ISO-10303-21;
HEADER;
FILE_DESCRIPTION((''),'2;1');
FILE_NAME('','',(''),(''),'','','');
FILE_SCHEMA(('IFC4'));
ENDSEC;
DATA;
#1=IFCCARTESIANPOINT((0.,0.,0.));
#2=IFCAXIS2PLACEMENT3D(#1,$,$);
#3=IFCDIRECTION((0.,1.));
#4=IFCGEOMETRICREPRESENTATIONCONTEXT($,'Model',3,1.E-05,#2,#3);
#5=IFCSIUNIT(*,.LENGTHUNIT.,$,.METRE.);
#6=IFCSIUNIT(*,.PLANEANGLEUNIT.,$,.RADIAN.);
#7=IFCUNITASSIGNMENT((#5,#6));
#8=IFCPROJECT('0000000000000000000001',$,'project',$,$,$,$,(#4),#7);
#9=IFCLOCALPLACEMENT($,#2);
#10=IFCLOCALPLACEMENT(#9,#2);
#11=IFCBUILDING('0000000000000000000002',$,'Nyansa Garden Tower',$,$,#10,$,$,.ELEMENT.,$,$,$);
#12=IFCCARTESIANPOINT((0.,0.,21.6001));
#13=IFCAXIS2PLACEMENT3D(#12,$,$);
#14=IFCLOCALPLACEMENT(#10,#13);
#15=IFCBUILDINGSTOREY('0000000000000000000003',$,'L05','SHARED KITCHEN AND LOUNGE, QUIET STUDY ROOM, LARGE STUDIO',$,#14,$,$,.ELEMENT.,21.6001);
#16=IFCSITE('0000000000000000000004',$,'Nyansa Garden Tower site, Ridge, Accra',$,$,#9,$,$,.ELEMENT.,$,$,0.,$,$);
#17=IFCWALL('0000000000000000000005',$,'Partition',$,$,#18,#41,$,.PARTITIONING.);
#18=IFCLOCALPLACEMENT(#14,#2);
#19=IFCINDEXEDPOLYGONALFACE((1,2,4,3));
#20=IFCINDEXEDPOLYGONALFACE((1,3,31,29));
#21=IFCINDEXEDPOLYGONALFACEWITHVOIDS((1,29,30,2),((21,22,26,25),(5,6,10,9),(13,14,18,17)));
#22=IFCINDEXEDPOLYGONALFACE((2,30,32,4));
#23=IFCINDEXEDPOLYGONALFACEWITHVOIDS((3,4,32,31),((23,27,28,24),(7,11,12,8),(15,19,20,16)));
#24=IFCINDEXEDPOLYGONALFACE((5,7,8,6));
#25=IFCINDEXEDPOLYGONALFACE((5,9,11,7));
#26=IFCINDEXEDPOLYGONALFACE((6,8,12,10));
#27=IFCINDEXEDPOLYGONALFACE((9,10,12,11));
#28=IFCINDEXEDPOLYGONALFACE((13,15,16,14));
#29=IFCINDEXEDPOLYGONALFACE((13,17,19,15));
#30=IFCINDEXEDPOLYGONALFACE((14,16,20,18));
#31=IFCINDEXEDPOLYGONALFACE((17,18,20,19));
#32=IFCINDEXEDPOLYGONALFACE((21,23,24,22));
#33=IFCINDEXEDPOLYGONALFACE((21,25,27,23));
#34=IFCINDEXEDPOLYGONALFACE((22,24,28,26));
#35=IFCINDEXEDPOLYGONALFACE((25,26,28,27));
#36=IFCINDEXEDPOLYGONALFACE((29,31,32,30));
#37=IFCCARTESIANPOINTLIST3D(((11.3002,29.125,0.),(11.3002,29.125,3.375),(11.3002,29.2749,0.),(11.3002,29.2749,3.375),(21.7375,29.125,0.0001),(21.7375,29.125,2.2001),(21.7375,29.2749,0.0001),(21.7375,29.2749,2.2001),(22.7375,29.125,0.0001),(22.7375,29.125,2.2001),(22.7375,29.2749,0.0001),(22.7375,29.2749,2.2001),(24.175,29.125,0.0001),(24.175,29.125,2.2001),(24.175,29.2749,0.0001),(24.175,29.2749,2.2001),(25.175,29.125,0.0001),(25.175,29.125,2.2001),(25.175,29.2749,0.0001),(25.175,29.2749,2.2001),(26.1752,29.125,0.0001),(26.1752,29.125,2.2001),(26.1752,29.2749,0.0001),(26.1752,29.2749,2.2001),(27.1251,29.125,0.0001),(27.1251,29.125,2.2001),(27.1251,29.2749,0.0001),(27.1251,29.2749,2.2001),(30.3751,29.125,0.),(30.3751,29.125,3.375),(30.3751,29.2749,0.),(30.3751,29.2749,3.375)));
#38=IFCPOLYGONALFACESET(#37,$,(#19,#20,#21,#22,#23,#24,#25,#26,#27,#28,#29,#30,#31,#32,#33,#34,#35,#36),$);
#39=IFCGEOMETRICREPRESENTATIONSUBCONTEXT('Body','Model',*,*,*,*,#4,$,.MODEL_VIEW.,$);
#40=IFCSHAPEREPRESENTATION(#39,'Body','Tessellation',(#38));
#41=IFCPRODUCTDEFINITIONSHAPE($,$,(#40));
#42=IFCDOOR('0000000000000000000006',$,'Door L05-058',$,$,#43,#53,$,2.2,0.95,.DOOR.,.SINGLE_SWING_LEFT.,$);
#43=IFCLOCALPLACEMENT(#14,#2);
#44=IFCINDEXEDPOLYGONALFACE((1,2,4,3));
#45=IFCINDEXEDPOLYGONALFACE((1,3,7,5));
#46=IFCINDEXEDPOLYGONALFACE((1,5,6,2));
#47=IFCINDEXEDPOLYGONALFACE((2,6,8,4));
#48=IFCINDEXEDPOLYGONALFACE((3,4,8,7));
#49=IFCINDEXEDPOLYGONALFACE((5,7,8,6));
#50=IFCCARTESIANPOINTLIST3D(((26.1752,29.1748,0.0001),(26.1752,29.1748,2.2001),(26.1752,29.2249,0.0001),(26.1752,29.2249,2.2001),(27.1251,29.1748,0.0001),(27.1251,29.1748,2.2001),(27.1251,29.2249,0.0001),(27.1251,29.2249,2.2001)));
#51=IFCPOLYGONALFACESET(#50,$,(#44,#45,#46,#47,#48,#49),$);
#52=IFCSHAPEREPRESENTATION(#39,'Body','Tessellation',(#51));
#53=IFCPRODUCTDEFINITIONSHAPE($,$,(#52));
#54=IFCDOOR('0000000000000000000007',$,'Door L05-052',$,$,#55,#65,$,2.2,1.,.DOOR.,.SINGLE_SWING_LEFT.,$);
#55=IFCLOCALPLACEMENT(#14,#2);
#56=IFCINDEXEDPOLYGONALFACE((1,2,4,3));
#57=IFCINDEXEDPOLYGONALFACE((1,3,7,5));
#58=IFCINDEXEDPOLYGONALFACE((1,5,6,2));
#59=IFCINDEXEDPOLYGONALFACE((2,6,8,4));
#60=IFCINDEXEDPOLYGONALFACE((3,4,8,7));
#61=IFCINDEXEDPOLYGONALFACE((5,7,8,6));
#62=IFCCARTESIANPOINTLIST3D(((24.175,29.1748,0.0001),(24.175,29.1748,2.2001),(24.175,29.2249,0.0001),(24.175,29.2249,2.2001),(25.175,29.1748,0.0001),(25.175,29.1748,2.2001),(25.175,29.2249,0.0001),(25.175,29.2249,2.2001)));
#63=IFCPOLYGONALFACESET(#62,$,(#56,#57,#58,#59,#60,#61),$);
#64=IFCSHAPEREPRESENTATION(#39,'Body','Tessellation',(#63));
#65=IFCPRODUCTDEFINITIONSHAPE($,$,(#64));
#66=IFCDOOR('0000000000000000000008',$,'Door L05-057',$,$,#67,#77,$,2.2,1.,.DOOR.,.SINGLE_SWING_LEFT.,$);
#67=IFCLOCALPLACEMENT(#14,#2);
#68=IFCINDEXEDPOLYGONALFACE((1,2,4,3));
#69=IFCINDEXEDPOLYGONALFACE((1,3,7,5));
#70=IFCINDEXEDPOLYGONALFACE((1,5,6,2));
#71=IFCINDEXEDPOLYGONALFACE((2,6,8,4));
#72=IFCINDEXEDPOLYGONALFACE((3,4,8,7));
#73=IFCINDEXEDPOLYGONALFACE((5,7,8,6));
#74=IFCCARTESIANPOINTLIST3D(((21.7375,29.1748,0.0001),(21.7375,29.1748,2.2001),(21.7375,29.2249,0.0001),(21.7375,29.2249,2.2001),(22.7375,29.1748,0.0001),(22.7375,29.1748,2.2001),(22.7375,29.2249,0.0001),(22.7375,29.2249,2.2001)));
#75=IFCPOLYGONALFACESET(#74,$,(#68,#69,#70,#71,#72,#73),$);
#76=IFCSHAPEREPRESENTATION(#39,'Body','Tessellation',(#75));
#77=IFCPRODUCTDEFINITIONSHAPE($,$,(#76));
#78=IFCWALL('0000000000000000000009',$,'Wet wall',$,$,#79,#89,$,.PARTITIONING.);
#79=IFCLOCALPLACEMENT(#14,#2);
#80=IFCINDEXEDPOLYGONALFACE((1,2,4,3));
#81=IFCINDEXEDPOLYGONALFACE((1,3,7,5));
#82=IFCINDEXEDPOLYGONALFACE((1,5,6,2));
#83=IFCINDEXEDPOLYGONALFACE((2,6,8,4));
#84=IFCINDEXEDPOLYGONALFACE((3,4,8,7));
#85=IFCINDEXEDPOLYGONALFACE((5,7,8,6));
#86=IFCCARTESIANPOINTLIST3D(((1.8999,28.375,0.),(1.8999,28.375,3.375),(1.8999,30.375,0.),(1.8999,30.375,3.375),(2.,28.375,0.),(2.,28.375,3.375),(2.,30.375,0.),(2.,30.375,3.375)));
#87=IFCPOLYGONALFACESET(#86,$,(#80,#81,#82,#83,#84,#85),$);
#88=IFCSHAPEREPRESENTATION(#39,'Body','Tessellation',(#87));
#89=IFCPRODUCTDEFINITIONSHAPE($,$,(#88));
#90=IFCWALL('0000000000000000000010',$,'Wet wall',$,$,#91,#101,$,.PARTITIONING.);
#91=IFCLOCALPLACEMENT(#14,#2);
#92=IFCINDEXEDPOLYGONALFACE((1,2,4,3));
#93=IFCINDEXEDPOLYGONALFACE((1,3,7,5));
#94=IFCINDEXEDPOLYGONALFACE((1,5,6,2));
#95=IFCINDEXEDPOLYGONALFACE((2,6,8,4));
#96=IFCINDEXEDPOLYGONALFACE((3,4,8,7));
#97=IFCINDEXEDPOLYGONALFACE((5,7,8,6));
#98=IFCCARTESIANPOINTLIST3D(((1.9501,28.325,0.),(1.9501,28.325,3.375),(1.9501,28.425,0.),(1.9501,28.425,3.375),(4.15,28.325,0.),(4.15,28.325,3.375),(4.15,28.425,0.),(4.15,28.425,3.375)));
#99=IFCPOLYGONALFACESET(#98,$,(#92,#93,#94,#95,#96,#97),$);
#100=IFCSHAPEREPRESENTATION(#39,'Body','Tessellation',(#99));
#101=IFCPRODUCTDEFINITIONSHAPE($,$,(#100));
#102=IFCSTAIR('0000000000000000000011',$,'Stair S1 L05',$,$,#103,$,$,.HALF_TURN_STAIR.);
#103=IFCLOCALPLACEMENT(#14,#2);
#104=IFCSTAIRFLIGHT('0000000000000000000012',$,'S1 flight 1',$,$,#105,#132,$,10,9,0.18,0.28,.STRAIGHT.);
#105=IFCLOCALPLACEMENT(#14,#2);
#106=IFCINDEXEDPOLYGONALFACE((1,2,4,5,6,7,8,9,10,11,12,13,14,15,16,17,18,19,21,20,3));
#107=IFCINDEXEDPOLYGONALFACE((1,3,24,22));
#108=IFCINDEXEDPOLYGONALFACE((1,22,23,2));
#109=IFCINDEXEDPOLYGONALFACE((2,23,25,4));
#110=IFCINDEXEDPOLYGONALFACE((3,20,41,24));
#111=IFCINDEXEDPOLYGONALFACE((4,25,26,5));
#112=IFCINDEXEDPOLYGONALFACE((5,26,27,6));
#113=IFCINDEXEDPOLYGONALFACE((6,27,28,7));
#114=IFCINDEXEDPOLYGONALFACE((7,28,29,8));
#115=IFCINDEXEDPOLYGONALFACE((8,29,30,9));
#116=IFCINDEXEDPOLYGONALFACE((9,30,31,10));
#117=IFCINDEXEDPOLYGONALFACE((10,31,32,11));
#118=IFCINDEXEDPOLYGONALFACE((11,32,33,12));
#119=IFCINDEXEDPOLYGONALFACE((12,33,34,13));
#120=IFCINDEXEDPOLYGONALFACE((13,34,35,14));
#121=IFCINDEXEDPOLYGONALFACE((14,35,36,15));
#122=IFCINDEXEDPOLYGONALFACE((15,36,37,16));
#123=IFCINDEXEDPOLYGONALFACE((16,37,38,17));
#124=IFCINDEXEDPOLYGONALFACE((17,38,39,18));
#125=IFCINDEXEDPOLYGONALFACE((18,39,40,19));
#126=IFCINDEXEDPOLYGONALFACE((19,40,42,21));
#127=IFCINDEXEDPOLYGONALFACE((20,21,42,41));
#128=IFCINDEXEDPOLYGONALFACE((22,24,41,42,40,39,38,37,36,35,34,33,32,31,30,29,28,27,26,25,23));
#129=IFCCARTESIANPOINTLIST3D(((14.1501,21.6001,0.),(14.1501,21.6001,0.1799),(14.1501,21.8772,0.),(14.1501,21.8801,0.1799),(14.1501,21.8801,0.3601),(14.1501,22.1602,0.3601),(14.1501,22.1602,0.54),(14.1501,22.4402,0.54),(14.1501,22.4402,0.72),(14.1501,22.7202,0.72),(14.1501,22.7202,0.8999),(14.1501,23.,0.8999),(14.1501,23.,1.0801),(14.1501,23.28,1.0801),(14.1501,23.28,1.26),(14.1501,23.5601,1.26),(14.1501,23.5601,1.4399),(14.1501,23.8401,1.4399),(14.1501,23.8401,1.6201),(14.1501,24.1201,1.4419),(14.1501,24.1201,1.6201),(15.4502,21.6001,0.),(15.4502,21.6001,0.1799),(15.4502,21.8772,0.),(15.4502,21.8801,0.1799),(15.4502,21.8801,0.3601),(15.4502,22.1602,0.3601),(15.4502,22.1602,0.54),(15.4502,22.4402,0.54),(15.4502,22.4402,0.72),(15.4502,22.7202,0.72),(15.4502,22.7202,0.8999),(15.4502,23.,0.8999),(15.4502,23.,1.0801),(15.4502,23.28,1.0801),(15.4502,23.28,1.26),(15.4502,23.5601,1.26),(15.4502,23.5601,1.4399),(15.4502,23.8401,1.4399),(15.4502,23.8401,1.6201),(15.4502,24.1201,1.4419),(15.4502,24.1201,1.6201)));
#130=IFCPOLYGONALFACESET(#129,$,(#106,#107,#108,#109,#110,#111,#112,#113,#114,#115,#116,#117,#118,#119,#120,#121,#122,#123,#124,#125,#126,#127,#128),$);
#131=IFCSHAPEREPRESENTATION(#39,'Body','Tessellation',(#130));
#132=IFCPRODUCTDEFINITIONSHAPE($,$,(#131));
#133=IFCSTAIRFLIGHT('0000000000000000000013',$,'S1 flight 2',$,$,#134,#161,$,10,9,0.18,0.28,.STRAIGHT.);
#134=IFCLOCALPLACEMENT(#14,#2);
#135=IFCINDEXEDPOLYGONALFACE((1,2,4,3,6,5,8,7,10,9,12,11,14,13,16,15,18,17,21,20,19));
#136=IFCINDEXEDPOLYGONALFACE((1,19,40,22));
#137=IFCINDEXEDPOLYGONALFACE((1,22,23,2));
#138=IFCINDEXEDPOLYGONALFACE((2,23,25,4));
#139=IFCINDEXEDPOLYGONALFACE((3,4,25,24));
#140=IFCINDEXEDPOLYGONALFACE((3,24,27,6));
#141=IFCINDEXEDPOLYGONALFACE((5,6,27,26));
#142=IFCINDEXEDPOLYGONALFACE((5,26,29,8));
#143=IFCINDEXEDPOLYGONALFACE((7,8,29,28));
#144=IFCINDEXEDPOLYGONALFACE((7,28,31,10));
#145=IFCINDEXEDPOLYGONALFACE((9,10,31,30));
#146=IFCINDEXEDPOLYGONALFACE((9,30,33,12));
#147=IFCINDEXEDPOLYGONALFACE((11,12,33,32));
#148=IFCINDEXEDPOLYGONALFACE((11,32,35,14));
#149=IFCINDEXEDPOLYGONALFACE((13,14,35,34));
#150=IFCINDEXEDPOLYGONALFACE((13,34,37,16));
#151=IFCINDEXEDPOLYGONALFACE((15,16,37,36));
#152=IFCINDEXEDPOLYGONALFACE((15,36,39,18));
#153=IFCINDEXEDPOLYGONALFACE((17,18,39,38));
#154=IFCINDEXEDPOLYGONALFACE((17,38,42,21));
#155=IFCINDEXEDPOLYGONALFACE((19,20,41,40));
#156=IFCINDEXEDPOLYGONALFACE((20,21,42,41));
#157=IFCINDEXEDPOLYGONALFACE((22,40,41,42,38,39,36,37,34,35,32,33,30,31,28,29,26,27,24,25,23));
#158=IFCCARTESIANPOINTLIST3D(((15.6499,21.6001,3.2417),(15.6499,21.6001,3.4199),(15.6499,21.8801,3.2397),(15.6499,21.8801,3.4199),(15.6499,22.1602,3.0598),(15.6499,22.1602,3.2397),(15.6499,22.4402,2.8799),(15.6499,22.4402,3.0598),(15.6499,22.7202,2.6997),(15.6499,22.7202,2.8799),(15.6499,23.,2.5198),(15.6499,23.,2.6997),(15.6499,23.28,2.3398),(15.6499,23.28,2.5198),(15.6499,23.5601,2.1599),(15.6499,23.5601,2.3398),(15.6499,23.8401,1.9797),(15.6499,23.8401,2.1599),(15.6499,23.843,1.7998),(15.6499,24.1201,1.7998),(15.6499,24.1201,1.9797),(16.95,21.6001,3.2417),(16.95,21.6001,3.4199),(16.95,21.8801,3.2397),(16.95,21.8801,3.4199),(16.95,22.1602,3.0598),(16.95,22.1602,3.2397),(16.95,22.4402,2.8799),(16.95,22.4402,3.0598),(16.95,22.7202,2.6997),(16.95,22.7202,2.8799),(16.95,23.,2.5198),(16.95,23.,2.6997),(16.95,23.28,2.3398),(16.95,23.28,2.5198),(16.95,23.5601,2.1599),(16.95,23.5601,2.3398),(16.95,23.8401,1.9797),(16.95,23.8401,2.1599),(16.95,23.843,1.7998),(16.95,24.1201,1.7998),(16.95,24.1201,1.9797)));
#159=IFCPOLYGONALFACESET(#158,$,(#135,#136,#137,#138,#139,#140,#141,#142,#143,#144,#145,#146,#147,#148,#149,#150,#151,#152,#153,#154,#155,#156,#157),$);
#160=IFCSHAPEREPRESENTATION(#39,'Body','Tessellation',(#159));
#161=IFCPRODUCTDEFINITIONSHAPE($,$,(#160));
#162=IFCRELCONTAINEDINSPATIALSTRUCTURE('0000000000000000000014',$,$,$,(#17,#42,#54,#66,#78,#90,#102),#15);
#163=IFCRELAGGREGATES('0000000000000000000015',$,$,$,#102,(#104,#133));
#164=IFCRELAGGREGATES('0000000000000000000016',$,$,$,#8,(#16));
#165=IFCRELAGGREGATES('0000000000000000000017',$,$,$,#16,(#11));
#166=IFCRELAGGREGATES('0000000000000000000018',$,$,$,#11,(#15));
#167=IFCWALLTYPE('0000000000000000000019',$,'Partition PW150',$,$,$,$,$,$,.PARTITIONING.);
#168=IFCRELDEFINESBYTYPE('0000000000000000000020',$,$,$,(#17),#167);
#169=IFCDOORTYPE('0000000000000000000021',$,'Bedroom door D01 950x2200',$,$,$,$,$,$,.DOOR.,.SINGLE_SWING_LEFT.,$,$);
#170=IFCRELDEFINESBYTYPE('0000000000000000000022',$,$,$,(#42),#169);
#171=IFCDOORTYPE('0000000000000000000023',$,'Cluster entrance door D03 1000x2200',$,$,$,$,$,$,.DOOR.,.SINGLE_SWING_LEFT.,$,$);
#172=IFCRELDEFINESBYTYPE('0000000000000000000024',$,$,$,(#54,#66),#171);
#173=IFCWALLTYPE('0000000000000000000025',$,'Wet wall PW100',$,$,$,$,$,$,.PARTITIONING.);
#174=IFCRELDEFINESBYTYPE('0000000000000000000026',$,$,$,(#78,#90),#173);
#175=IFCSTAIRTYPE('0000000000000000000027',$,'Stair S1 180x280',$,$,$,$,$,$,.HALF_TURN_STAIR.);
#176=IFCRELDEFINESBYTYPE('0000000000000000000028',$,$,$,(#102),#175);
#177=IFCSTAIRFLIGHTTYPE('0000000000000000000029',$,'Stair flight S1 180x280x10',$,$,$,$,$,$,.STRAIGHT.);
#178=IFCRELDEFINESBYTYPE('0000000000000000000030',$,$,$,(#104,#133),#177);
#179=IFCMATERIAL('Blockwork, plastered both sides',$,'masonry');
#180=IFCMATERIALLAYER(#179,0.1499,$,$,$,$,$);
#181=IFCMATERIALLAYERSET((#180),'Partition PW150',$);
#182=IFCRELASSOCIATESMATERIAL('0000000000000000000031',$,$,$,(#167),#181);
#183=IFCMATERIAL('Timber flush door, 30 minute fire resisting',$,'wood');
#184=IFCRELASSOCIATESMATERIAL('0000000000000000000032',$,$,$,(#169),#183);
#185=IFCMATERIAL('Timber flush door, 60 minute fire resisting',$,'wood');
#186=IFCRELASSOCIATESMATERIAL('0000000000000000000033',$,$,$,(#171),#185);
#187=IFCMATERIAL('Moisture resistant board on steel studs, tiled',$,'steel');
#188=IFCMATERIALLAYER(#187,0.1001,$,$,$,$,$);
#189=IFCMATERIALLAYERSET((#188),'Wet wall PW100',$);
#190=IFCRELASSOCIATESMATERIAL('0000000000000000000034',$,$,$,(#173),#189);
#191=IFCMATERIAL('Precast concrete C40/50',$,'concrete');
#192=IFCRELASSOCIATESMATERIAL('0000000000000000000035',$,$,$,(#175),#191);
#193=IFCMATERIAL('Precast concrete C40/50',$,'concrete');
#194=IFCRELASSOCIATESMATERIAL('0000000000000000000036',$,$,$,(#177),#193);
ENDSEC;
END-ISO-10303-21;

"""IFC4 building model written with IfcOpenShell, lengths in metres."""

from ifc_helpers import new_model, si_unit, direction, frame, frame_2d, origin, place, context, subcontext, project, spatial, polyline, rectangle, outline, extrude, material, layer, layer_set, type_object, element, fill, aggregate, save


model = new_model("IFC4")

# Units and contexts
model_context = context("Model", 3, precision=1e-05, world=origin(), true_north=direction((0.0, 1.0)))
body_context = subcontext(model_context, "Body", "Model", "MODEL_VIEW")
ifc_project = project(units=[si_unit("LENGTHUNIT", "METRE"), si_unit("PLANEANGLEUNIT", "RADIAN")], contexts=[model_context])

# Site, building, storey
site_placement = place(None, origin())
site = spatial("IfcSite", under=ifc_project, at=site_placement, Name="Nyansa Garden Tower site, Ridge, Accra", CompositionType="ELEMENT", RefElevation=0.0)
building_placement = place(site_placement, origin())
building = spatial("IfcBuilding", under=site, at=building_placement, Name="Nyansa Garden Tower", CompositionType="ELEMENT")
storey_placement = place(building_placement, frame((0.0, 0.0, 21.6001)))
storey = spatial("IfcBuildingStorey", under=building, at=storey_placement, Name="L05", Description="SHARED KITCHEN AND LOUNGE, QUIET STUDY ROOM, LARGE STUDIO", CompositionType="ELEMENT", Elevation=21.6001)

# Shared definitions
ifc_material_1 = material(Name="Blockwork, plastered both sides", Category="masonry")
ifc_layer_1 = layer(ifc_material_1, 0.1499)
ifc_layer_set_1 = layer_set([ifc_layer_1], Name="Partition PW150")
wall_type_1 = type_object("IfcWallType", Name="Partition PW150", PredefinedType="PARTITIONING", material=ifc_layer_set_1)

# Wall, openings, doors
wall_1_placement = place(storey_placement, frame((11.3, 29.2, 0.0), z_axis=(0.0, 0.0, 1.0), x_axis=(1.0, 0.0, 0.0)))
wall_1 = element("IfcWall", 1, at=wall_1_placement, inside=storey, type_object=wall_type_1, Name="Partition", PredefinedType="PARTITIONING", context=body_context, shape_type="SweptSolid", body=[
    extrude(rectangle(XDim=19.075, YDim=0.1499, at=frame_2d((9.5376, 0.0))), origin(), (0.0, 0.0, 1.0), 3.375),
])
opening_1_placement = place(wall_1_placement, frame((12.875, 0.0, 0.0)))
opening_1 = element("IfcOpeningElement", 2, at=opening_1_placement, cuts=wall_1, PredefinedType="OPENING", context=body_context, shape_type="SweptSolid", body=[
    extrude(rectangle(XDim=1.0, YDim=2.2, at=frame_2d((0.5, 1.1001))), frame((0.0, 0.085, 0.0), z_axis=(0.0, -1.0, 0.0), x_axis=(1.0, 0.0, 0.0)), (0.0, 0.0, 1.0), 0.1699),
])
opening_2_placement = place(wall_1_placement, frame((10.4375, 0.0, 0.0)))
opening_2 = element("IfcOpeningElement", 3, at=opening_2_placement, cuts=wall_1, PredefinedType="OPENING", context=body_context, shape_type="SweptSolid", body=[
    extrude(rectangle(XDim=1.0, YDim=2.2, at=frame_2d((0.5, 1.1001))), frame((0.0, 0.085, 0.0), z_axis=(0.0, -1.0, 0.0), x_axis=(1.0, 0.0, 0.0)), (0.0, 0.0, 1.0), 0.1699),
])
opening_3_placement = place(wall_1_placement, frame((14.875, 0.0, 0.0)))
opening_3 = element("IfcOpeningElement", 4, at=opening_3_placement, cuts=wall_1, PredefinedType="OPENING", context=body_context, shape_type="SweptSolid", body=[
    extrude(rectangle(XDim=0.95, YDim=2.2, at=frame_2d((0.4751, 1.1001))), frame((0.0, 0.085, 0.0), z_axis=(0.0, -1.0, 0.0), x_axis=(1.0, 0.0, 0.0)), (0.0, 0.0, 1.0), 0.1699),
])
ifc_material_2 = material(Name="Timber flush door, 30 minute fire resisting", Category="wood")
door_type_1 = type_object("IfcDoorType", Name="Bedroom door D01 950x2200", OperationType="SINGLE_SWING_LEFT", PredefinedType="DOOR", material=ifc_material_2)
door_1_placement = place(opening_3_placement, origin())
door_1 = element("IfcDoor", 5, at=door_1_placement, inside=storey, type_object=door_type_1, Name="Door L05-058", OperationType="SINGLE_SWING_LEFT", OverallHeight=2.2, OverallWidth=0.95, PredefinedType="DOOR", context=body_context, shape_type="SweptSolid", body=[
    extrude(rectangle(XDim=0.95, YDim=2.2, at=frame_2d((0.4751, 1.1001))), frame((0.0, 0.0249, 0.0), z_axis=(0.0, -1.0, 0.0), x_axis=(1.0, 0.0, 0.0)), (0.0, 0.0, 1.0), 0.05),
])
fill(opening_3, door_1)
ifc_material_3 = material(Name="Timber flush door, 60 minute fire resisting", Category="wood")
door_type_2 = type_object("IfcDoorType", Name="Cluster entrance door D03 1000x2200", OperationType="SINGLE_SWING_LEFT", PredefinedType="DOOR", material=ifc_material_3)
door_2_placement = place(opening_1_placement, origin())
door_2 = element("IfcDoor", 6, at=door_2_placement, inside=storey, type_object=door_type_2, Name="Door L05-052", OperationType="SINGLE_SWING_LEFT", OverallHeight=2.2, OverallWidth=1.0, PredefinedType="DOOR", context=body_context, shape_type="SweptSolid", body=[
    extrude(rectangle(XDim=1.0, YDim=2.2, at=frame_2d((0.5, 1.1001))), frame((0.0, 0.0249, 0.0), z_axis=(0.0, -1.0, 0.0), x_axis=(1.0, 0.0, 0.0)), (0.0, 0.0, 1.0), 0.05),
])
fill(opening_1, door_2)
door_3_placement = place(opening_2_placement, origin())
door_3 = element("IfcDoor", 7, at=door_3_placement, inside=storey, type_object=door_type_2, Name="Door L05-057", OperationType="SINGLE_SWING_LEFT", OverallHeight=2.2, OverallWidth=1.0, PredefinedType="DOOR", context=body_context, shape_type="SweptSolid", body=[
    extrude(rectangle(XDim=1.0, YDim=2.2, at=frame_2d((0.5, 1.1001))), frame((0.0, 0.0249, 0.0), z_axis=(0.0, -1.0, 0.0), x_axis=(1.0, 0.0, 0.0)), (0.0, 0.0, 1.0), 0.05),
])
fill(opening_2, door_3)

# Walls
ifc_material_4 = material(Name="Moisture resistant board on steel studs, tiled", Category="steel")
ifc_layer_2 = layer(ifc_material_4, 0.1001)
ifc_layer_set_2 = layer_set([ifc_layer_2], Name="Wet wall PW100")
wall_type_2 = type_object("IfcWallType", Name="Wet wall PW100", PredefinedType="PARTITIONING", material=ifc_layer_set_2)
wall_2_placement = place(storey_placement, frame((1.95, 28.375, 0.0), z_axis=(0.0, 0.0, 1.0), x_axis=(0.0, 1.0, 0.0)))
element("IfcWall", 8, at=wall_2_placement, inside=storey, type_object=wall_type_2, Name="Wet wall", PredefinedType="PARTITIONING", context=body_context, shape_type="SweptSolid", body=[
    extrude(rectangle(XDim=2.0, YDim=0.1001, at=frame_2d((1.0, 0.0))), origin(), (0.0, 0.0, 1.0), 3.375),
])
wall_3_placement = place(storey_placement, frame((1.95, 28.375, 0.0), z_axis=(0.0, 0.0, 1.0), x_axis=(1.0, 0.0, 0.0)))
element("IfcWall", 9, at=wall_3_placement, inside=storey, type_object=wall_type_2, Name="Wet wall", PredefinedType="PARTITIONING", context=body_context, shape_type="SweptSolid", body=[
    extrude(rectangle(XDim=2.2, YDim=0.1001, at=frame_2d((1.1001, 0.0))), origin(), (0.0, 0.0, 1.0), 3.375),
])

# Stair, stair flights
ifc_material_5 = material(Name="Precast concrete C40/50", Category="concrete")
stair_type = type_object("IfcStairType", Name="Stair S1 180x280", PredefinedType="HALF_TURN_STAIR", material=ifc_material_5)
stair_placement = place(storey_placement, origin())
stair = element("IfcStair", 10, at=stair_placement, inside=storey, type_object=stair_type, Name="Stair S1 L05", PredefinedType="HALF_TURN_STAIR")
ifc_material_6 = material(Name="Precast concrete C40/50", Category="concrete")
stair_flight_type = type_object("IfcStairFlightType", Name="Stair flight S1 180x280x10", PredefinedType="STRAIGHT", material=ifc_material_6)
stair_flight_1_placement = place(storey_placement, frame((14.8, 21.6001, 0.0), z_axis=(0.0, 0.0, 1.0), x_axis=(0.0, 1.0, 0.0)))
stair_flight_1 = element("IfcStairFlight", 11, at=stair_flight_1_placement, type_object=stair_flight_type, Name="S1 flight 1", NumberOfRisers=10, NumberOfTreads=9, PredefinedType="STRAIGHT", RiserHeight=0.18, TreadLength=0.28, context=body_context, shape_type="SweptSolid", body=[
    extrude(outline(polyline([(0.0, 0.0), (0.0, 0.1799), (0.28, 0.1799), (0.28, 0.3601), (0.5601, 0.3601), (0.5601, 0.54), (0.8401, 0.54), (0.8401, 0.72), (1.1201, 0.72), (1.1201, 0.8999), (1.3999, 0.8999), (1.3999, 1.0801), (1.6799, 1.0801), (1.6799, 1.26), (1.96, 1.26), (1.96, 1.4399), (2.24, 1.4399), (2.24, 1.6201), (2.52, 1.6201), (2.52, 1.8), (2.52, 1.4419), (0.2771, 0.0), (0.0, 0.0)])), frame((0.0, 0.6499, 0.0), z_axis=(0.0, -1.0, 0.0), x_axis=(1.0, 0.0, 0.0)), (0.0, 0.0, 1.0), 1.3),
])
stair_flight_2_placement = place(storey_placement, frame((16.3, 24.1201, 1.7998), z_axis=(0.0, 0.0, 1.0), x_axis=(0.0, -1.0, 0.0)))
stair_flight_2 = element("IfcStairFlight", 12, at=stair_flight_2_placement, type_object=stair_flight_type, Name="S1 flight 2", NumberOfRisers=10, NumberOfTreads=9, PredefinedType="STRAIGHT", RiserHeight=0.18, TreadLength=0.28, context=body_context, shape_type="SweptSolid", body=[
    extrude(outline(polyline([(0.0, 0.0), (0.0, 0.1799), (0.28, 0.1799), (0.28, 0.3601), (0.5601, 0.3601), (0.5601, 0.54), (0.8401, 0.54), (0.8401, 0.72), (1.1201, 0.72), (1.1201, 0.8999), (1.3999, 0.8999), (1.3999, 1.0801), (1.6799, 1.0801), (1.6799, 1.26), (1.96, 1.26), (1.96, 1.4399), (2.24, 1.4399), (2.24, 1.6201), (2.52, 1.6201), (2.52, 1.8), (2.52, 1.4419), (0.2771, 0.0), (0.0, 0.0)])), frame((0.0, 0.6499, 0.0), z_axis=(0.0, -1.0, 0.0), x_axis=(1.0, 0.0, 0.0)), (0.0, 0.0, 1.0), 1.3),
])
aggregate(stair, [stair_flight_1, stair_flight_2])

save(model, "model.ifc")
